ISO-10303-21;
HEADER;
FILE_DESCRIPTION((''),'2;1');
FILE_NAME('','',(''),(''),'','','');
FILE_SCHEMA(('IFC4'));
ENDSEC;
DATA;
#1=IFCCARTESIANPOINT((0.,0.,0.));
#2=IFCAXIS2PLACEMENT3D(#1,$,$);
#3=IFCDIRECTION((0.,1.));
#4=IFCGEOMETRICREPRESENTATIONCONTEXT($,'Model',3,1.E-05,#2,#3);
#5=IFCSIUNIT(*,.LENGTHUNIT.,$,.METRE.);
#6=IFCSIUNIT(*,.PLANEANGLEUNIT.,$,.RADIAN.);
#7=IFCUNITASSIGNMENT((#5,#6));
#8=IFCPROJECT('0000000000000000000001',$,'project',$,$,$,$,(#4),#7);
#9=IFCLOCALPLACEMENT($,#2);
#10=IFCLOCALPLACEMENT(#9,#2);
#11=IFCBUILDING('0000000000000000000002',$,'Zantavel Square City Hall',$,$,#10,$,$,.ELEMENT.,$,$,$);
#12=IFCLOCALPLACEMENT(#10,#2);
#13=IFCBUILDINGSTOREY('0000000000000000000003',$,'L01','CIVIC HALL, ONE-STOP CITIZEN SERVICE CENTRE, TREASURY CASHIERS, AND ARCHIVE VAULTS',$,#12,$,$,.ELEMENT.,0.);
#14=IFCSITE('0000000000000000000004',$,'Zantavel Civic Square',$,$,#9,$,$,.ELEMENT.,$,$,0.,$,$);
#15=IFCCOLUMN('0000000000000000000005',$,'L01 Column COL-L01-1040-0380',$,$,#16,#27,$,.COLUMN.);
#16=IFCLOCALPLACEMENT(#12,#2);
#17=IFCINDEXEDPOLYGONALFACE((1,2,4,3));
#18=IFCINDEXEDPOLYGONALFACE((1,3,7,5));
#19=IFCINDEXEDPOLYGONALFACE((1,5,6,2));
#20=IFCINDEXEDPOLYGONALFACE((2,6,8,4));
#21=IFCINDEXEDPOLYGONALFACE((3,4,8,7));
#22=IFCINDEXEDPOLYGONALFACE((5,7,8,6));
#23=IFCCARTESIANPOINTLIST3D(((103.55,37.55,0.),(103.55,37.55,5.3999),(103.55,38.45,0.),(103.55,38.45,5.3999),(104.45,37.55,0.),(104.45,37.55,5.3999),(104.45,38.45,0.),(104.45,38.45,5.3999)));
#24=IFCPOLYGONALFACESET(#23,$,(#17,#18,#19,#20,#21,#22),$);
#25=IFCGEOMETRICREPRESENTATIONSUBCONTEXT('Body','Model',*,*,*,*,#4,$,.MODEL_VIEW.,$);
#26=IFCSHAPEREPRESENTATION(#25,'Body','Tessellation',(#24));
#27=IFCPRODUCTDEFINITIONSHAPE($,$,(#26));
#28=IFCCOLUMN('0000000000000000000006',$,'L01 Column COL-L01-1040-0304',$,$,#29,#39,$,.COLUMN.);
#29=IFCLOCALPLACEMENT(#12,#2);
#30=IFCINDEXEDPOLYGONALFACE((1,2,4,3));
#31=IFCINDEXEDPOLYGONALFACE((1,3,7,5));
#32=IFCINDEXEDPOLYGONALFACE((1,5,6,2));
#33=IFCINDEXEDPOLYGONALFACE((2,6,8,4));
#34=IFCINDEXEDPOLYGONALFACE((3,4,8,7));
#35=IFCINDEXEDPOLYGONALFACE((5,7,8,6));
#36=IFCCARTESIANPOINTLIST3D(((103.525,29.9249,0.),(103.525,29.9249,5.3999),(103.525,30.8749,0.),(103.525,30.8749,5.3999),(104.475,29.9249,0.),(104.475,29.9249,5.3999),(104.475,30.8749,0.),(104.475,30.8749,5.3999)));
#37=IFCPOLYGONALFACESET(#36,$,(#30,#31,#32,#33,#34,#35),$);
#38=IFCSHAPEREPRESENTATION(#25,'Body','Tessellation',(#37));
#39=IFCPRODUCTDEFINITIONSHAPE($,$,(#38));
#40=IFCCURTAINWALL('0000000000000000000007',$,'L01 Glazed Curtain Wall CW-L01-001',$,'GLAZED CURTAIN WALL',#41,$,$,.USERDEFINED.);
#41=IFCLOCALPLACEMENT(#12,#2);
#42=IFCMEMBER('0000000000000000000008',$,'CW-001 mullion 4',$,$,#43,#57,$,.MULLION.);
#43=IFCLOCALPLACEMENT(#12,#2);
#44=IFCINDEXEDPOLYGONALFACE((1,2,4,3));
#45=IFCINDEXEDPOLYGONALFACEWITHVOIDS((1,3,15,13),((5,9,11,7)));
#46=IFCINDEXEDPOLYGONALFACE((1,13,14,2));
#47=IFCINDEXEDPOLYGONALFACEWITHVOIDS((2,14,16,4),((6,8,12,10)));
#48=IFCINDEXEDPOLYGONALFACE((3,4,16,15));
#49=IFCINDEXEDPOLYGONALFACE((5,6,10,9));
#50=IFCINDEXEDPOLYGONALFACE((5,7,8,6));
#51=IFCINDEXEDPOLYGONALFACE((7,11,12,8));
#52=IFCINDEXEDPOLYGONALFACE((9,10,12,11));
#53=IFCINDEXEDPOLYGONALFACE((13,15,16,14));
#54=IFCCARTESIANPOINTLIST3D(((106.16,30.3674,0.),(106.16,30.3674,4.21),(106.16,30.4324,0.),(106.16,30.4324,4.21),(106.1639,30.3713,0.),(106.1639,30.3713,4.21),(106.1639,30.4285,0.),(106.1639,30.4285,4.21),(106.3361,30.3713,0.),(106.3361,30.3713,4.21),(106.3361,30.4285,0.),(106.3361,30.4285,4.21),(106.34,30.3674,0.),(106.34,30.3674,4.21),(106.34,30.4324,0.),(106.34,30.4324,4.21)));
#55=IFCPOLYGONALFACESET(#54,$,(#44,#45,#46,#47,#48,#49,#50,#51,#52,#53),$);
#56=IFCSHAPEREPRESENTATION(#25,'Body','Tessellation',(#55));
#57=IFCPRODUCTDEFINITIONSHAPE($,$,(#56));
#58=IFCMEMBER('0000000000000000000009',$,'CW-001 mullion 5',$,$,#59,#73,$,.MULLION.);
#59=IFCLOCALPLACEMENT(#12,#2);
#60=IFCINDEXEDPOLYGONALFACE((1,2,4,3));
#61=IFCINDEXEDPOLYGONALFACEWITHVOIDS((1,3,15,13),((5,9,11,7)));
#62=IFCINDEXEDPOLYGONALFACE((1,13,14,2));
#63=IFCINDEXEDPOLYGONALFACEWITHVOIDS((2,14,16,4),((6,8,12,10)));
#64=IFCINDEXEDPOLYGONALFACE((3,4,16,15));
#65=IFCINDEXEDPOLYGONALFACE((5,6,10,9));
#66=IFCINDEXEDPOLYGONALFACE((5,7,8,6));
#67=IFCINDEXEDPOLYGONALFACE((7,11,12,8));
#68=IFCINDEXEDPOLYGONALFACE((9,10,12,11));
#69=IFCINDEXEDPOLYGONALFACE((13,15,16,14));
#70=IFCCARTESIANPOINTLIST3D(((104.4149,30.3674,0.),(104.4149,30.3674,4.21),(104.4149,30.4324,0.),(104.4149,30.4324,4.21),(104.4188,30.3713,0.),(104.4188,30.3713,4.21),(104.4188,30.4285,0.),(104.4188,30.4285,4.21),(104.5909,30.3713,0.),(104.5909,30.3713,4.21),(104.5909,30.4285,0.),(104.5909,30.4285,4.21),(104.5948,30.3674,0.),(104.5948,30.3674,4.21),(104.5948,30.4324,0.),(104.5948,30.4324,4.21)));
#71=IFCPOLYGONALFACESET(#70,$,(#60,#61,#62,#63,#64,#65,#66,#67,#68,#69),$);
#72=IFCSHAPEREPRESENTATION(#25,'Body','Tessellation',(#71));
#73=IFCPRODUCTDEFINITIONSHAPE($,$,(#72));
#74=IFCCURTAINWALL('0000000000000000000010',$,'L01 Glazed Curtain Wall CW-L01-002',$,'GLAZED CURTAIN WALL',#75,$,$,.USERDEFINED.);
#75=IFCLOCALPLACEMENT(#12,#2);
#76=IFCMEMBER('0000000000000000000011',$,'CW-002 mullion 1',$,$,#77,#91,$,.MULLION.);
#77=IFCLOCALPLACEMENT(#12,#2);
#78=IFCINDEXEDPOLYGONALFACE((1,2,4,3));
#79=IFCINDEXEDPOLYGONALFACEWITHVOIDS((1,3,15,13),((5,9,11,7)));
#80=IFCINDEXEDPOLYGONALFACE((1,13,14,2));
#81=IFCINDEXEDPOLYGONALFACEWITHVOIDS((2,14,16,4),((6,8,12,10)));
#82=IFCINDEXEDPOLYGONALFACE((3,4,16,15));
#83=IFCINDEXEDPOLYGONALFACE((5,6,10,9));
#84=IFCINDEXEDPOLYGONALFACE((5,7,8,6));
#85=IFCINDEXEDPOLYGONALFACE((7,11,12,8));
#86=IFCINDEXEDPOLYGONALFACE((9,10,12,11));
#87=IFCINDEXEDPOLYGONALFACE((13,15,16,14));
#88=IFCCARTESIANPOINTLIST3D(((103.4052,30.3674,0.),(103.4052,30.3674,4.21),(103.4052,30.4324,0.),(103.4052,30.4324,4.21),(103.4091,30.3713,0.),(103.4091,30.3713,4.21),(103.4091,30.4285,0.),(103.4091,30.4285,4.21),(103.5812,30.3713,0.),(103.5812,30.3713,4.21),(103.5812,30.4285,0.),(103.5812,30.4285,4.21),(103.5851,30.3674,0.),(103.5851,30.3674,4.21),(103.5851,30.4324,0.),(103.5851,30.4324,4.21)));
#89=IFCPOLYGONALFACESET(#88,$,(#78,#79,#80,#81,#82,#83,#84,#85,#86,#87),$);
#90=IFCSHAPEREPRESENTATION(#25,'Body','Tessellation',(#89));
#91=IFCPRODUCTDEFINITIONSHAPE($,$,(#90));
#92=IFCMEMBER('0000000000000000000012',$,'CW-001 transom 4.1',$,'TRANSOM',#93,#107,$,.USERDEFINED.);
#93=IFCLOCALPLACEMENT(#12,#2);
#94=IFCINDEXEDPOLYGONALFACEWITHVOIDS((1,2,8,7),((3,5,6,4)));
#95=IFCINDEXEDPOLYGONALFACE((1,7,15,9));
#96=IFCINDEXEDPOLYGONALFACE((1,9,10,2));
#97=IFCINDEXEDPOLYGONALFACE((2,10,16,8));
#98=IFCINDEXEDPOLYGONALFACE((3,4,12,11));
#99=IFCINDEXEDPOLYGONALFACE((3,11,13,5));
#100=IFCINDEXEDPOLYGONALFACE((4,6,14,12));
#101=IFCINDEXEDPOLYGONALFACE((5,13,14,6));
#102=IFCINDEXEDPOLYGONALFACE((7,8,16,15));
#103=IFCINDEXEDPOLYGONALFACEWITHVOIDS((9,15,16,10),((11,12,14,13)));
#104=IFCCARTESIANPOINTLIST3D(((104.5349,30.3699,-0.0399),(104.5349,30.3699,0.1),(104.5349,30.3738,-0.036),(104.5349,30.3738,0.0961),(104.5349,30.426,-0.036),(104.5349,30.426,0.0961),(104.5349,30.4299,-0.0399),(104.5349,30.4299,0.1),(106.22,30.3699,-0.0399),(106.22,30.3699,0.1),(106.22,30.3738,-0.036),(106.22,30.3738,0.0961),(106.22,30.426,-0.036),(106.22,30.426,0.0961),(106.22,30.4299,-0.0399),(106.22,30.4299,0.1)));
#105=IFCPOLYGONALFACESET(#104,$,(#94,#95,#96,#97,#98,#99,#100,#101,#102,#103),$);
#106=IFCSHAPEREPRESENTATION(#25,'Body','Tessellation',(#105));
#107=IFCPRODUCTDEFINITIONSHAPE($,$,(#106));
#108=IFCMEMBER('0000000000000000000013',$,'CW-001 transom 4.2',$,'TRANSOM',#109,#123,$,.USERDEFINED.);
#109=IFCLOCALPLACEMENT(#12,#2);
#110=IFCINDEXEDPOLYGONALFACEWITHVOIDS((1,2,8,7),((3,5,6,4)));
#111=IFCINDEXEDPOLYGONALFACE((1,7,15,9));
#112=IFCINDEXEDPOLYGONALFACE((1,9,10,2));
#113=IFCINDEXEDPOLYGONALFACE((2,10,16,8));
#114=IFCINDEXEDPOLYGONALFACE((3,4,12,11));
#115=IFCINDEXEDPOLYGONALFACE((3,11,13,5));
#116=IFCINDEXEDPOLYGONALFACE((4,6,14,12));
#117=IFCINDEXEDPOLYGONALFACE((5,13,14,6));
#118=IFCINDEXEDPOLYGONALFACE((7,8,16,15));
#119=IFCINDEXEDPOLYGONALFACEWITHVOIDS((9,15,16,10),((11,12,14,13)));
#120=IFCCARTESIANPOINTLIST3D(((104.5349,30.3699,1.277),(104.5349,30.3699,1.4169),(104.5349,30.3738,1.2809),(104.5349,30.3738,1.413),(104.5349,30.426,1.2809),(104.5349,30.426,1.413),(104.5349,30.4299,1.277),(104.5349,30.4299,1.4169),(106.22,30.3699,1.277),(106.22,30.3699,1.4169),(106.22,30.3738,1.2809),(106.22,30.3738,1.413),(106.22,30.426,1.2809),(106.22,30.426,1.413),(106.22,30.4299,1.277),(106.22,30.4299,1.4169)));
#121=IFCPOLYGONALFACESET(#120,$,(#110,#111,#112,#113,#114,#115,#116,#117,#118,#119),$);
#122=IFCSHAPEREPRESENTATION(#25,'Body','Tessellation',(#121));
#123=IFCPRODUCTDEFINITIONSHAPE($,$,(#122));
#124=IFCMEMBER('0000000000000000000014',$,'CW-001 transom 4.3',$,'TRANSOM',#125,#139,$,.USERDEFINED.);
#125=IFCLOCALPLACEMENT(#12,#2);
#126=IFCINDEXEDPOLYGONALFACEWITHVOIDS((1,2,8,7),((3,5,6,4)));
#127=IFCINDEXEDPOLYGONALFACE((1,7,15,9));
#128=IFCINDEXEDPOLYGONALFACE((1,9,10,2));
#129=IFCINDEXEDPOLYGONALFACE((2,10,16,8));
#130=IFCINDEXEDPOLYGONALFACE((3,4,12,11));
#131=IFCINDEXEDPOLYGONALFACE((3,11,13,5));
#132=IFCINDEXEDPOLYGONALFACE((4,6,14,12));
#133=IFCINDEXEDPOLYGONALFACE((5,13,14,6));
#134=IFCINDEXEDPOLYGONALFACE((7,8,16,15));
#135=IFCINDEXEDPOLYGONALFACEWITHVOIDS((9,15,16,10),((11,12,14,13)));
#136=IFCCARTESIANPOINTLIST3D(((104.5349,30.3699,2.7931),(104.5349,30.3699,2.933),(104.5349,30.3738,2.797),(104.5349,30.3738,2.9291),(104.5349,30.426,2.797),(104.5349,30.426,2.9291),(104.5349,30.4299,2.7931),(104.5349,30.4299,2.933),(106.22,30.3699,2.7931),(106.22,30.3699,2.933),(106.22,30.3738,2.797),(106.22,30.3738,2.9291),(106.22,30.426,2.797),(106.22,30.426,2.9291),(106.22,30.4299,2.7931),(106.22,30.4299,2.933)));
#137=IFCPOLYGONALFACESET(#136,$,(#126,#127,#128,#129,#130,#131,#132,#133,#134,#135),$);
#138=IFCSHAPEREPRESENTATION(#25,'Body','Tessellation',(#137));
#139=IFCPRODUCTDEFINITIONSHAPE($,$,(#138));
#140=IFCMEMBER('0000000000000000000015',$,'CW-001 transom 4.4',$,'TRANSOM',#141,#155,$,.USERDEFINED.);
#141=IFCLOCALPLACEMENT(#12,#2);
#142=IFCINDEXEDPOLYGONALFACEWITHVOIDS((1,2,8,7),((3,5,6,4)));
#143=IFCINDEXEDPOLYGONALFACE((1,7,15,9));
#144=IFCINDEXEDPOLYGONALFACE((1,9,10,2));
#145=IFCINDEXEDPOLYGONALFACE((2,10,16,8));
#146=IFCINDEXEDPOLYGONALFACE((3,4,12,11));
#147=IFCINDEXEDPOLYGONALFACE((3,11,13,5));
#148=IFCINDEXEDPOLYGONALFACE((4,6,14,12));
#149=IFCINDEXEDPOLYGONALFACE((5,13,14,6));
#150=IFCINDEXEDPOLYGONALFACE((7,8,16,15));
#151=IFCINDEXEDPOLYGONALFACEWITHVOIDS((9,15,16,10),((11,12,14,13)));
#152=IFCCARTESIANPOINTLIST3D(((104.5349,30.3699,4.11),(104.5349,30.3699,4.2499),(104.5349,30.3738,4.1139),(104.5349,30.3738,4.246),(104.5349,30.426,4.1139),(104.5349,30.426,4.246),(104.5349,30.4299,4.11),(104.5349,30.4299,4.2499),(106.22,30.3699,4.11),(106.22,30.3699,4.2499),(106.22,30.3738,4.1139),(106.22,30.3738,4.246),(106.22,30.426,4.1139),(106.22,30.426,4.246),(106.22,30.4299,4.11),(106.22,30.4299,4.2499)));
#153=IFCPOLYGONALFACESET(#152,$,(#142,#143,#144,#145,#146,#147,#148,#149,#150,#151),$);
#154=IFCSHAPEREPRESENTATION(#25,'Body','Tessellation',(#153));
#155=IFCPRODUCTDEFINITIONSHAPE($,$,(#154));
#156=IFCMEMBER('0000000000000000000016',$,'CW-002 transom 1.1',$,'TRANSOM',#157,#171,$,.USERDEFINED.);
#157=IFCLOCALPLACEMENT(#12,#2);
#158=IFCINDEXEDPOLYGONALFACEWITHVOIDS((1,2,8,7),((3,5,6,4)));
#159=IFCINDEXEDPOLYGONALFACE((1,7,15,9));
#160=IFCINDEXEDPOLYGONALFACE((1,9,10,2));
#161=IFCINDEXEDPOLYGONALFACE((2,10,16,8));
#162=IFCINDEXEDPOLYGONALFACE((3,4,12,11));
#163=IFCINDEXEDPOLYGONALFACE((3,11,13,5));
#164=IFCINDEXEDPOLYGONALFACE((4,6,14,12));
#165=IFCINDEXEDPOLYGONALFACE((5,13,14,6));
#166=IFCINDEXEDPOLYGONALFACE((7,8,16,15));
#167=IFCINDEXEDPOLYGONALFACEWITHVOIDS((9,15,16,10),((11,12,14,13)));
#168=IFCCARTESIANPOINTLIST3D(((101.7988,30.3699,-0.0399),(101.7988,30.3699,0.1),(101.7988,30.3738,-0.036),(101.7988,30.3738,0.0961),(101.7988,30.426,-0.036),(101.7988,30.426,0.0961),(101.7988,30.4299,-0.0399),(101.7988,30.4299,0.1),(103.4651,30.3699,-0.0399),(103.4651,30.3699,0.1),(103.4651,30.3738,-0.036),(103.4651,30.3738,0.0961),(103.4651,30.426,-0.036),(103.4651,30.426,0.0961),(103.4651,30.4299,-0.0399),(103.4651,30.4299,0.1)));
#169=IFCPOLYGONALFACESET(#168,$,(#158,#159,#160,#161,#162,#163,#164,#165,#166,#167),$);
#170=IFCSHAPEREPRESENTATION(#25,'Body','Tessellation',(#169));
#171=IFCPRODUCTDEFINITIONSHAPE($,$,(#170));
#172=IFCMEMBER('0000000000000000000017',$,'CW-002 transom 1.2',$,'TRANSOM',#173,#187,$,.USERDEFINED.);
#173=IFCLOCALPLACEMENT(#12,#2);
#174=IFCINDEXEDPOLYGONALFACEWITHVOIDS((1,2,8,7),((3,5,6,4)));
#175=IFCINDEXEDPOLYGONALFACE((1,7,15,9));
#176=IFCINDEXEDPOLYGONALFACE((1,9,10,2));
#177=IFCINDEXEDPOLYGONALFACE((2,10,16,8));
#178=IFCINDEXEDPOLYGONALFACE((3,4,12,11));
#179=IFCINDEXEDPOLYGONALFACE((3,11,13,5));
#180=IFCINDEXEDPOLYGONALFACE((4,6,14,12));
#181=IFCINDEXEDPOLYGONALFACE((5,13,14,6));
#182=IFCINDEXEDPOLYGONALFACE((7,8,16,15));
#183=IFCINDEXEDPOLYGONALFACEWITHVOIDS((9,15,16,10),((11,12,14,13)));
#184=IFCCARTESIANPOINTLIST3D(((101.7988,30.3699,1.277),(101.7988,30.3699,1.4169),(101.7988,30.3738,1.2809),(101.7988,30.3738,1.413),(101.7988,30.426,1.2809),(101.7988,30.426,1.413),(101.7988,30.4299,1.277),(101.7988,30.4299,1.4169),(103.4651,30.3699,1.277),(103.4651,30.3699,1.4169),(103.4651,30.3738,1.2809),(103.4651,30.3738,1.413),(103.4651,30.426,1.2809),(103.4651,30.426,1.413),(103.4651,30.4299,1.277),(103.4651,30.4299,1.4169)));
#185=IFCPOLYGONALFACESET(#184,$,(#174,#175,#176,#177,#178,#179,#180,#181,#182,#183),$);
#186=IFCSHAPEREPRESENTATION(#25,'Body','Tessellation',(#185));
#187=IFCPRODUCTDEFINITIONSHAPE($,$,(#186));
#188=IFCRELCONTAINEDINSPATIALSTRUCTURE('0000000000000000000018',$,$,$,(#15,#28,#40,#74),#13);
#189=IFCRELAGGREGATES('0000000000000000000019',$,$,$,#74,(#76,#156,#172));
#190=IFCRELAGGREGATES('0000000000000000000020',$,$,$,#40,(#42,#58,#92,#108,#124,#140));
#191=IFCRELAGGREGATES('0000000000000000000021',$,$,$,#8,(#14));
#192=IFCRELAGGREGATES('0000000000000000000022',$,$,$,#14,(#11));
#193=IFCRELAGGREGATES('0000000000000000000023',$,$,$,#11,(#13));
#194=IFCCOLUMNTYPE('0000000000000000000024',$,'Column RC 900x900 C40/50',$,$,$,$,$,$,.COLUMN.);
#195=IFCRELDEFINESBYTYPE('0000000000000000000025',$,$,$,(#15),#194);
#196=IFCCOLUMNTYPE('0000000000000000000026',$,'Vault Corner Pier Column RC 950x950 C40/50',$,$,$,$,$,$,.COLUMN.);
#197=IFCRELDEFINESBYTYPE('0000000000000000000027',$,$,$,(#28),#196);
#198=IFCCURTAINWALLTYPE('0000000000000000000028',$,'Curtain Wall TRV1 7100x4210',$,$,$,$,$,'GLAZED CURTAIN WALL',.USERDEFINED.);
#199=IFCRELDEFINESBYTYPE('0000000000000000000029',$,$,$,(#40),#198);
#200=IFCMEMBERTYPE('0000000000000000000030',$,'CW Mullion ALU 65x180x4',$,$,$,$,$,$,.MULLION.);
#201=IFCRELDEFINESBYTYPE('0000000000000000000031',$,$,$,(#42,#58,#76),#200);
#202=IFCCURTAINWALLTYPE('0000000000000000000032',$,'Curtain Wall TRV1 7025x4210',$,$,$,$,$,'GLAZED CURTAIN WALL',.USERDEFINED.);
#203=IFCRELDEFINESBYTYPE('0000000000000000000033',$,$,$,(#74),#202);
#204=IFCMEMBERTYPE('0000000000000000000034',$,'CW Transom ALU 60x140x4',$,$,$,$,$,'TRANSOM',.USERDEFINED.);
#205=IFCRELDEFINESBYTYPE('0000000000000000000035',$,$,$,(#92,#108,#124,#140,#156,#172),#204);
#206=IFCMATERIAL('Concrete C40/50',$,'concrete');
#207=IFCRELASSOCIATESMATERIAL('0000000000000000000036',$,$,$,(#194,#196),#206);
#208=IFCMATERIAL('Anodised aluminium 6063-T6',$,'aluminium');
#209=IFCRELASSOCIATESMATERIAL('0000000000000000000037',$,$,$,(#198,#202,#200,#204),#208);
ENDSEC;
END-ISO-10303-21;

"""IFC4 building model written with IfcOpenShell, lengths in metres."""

from ifc_helpers import new_model, si_unit, direction, frame, origin, origin_2d, place, context, subcontext, project, spatial, rectangle, hollow_rectangle, extrude, material, material_profile, profile_set, type_object, element, aggregate, save


model = new_model("IFC4")

# Units and contexts
model_context = context("Model", 3, precision=1e-05, world=origin(), true_north=direction((0.0, 1.0)))
body_context = subcontext(model_context, "Body", "Model", "MODEL_VIEW")
ifc_project = project(units=[si_unit("LENGTHUNIT", "METRE"), si_unit("PLANEANGLEUNIT", "RADIAN")], contexts=[model_context])

# Site, building, storey
site_placement = place(None, origin())
site = spatial("IfcSite", under=ifc_project, at=site_placement, Name="Zantavel Civic Square", CompositionType="ELEMENT", RefElevation=0.0)
building_placement = place(site_placement, origin())
building = spatial("IfcBuilding", under=site, at=building_placement, Name="Zantavel Square City Hall", CompositionType="ELEMENT")
storey_placement = place(building_placement, origin())
storey = spatial("IfcBuildingStorey", under=building, at=storey_placement, Name="L01", Description="CIVIC HALL, ONE-STOP CITIZEN SERVICE CENTRE, TREASURY CASHIERS, AND ARCHIVE VAULTS", CompositionType="ELEMENT", Elevation=0.0)

# Columns
ifc_material_1 = material(Name="Concrete C40/50", Category="concrete")
ifc_material_profile_1 = material_profile(ifc_material_1, rectangle(XDim=0.8999, YDim=0.8999, at=origin_2d()), Name="RC 900x900")
ifc_profile_set_1 = profile_set([ifc_material_profile_1], Name="Concrete C40/50")
column_type_1 = type_object("IfcColumnType", Name="Column RC 900x900 C40/50", PredefinedType="COLUMN", material=ifc_profile_set_1)
column_1_placement = place(storey_placement, frame((104.0, 38.0, 0.0), z_axis=(0.0, 0.0, 1.0), x_axis=(1.0, 0.0, 0.0)))
element("IfcColumn", 1, at=column_1_placement, inside=storey, type_object=column_type_1, Name="L01 Column COL-L01-1040-0380", PredefinedType="COLUMN", context=body_context, shape_type="SweptSolid", body=[
    extrude(rectangle(XDim=0.8999, YDim=0.8999, at=origin_2d()), origin(), (0.0, 0.0, 1.0), 5.3999),
])
ifc_material_profile_2 = material_profile(ifc_material_1, rectangle(XDim=0.95, YDim=0.95, at=origin_2d()), Name="RC 950x950")
ifc_profile_set_2 = profile_set([ifc_material_profile_2], Name="Concrete C40/50")
column_type_2 = type_object("IfcColumnType", Name="Vault Corner Pier Column RC 950x950 C40/50", PredefinedType="COLUMN", material=ifc_profile_set_2)
column_2_placement = place(storey_placement, frame((104.0, 30.3999, 0.0), z_axis=(0.0, 0.0, 1.0), x_axis=(1.0, 0.0, 0.0)))
element("IfcColumn", 2, at=column_2_placement, inside=storey, type_object=column_type_2, Name="L01 Column COL-L01-1040-0304", PredefinedType="COLUMN", context=body_context, shape_type="SweptSolid", body=[
    extrude(rectangle(XDim=0.95, YDim=0.95, at=origin_2d()), origin(), (0.0, 0.0, 1.0), 5.3999),
])

# Curtain wall, members
ifc_material_2 = material(Name="Anodised aluminium 6063-T6", Category="aluminium")
curtain_wall_type_1 = type_object("IfcCurtainWallType", Name="Curtain Wall TRV1 7100x4210", ElementType="GLAZED CURTAIN WALL", PredefinedType="USERDEFINED", material=ifc_material_2)
curtain_wall_1_placement = place(storey_placement, origin())
curtain_wall_1 = element("IfcCurtainWall", 3, at=curtain_wall_1_placement, inside=storey, type_object=curtain_wall_type_1, Name="L01 Glazed Curtain Wall CW-L01-001", ObjectType="GLAZED CURTAIN WALL", PredefinedType="USERDEFINED")
ifc_material_profile_3 = material_profile(ifc_material_2, hollow_rectangle(XDim=0.0649, YDim=0.1799, WallThickness=0.0039, at=origin_2d()), Name="ALU 65x180x4")
ifc_profile_set_3 = profile_set([ifc_material_profile_3], Name="Anodised aluminium 6063-T6")
member_type_1 = type_object("IfcMemberType", Name="CW Mullion ALU 65x180x4", PredefinedType="MULLION", material=ifc_profile_set_3)
member_1_placement = place(storey_placement, frame((106.25, 30.3999, 0.0), z_axis=(0.0, 0.0, 1.0), x_axis=(0.0, -1.0, 0.0)))
member_1 = element("IfcMember", 4, at=member_1_placement, type_object=member_type_1, Name="CW-001 mullion 4", PredefinedType="MULLION", context=body_context, shape_type="SweptSolid", body=[
    extrude(hollow_rectangle(XDim=0.0649, YDim=0.1799, WallThickness=0.0039, at=origin_2d()), origin(), (0.0, 0.0, 1.0), 4.21),
])
member_2_placement = place(storey_placement, frame((104.5049, 30.3999, 0.0), z_axis=(0.0, 0.0, 1.0), x_axis=(0.0, -1.0, 0.0)))
member_2 = element("IfcMember", 5, at=member_2_placement, type_object=member_type_1, Name="CW-001 mullion 5", PredefinedType="MULLION", context=body_context, shape_type="SweptSolid", body=[
    extrude(hollow_rectangle(XDim=0.0649, YDim=0.1799, WallThickness=0.0039, at=origin_2d()), origin(), (0.0, 0.0, 1.0), 4.21),
])

# Curtain wall, member
curtain_wall_type_2 = type_object("IfcCurtainWallType", Name="Curtain Wall TRV1 7025x4210", ElementType="GLAZED CURTAIN WALL", PredefinedType="USERDEFINED", material=ifc_material_2)
curtain_wall_2_placement = place(storey_placement, origin())
curtain_wall_2 = element("IfcCurtainWall", 6, at=curtain_wall_2_placement, inside=storey, type_object=curtain_wall_type_2, Name="L01 Glazed Curtain Wall CW-L01-002", ObjectType="GLAZED CURTAIN WALL", PredefinedType="USERDEFINED")
member_3_placement = place(storey_placement, frame((103.4951, 30.3999, 0.0), z_axis=(0.0, 0.0, 1.0), x_axis=(0.0, -1.0, 0.0)))
member_3 = element("IfcMember", 7, at=member_3_placement, type_object=member_type_1, Name="CW-002 mullion 1", PredefinedType="MULLION", context=body_context, shape_type="SweptSolid", body=[
    extrude(hollow_rectangle(XDim=0.0649, YDim=0.1799, WallThickness=0.0039, at=origin_2d()), origin(), (0.0, 0.0, 1.0), 4.21),
])

# Members
ifc_material_profile_4 = material_profile(ifc_material_2, hollow_rectangle(XDim=0.0601, YDim=0.1399, WallThickness=0.0039, at=origin_2d()), Name="ALU 60x140x4")
ifc_profile_set_4 = profile_set([ifc_material_profile_4], Name="Anodised aluminium 6063-T6")
member_type_2 = type_object("IfcMemberType", Name="CW Transom ALU 60x140x4", ElementType="TRANSOM", PredefinedType="USERDEFINED", material=ifc_profile_set_4)
member_4_placement = place(storey_placement, frame((106.22, 30.3999, 0.03), z_axis=(-1.0, 0.0, 0.0), x_axis=(0.0, -1.0, 0.0)))
member_4 = element("IfcMember", 8, at=member_4_placement, type_object=member_type_2, Name="CW-001 transom 4.1", ObjectType="TRANSOM", PredefinedType="USERDEFINED", context=body_context, shape_type="SweptSolid", body=[
    extrude(hollow_rectangle(XDim=0.0601, YDim=0.1399, WallThickness=0.0039, at=origin_2d()), origin(), (0.0, 0.0, 1.0), 1.6851),
])
member_5_placement = place(storey_placement, frame((106.22, 30.3999, 1.3469), z_axis=(-1.0, 0.0, 0.0), x_axis=(0.0, -1.0, 0.0)))
member_5 = element("IfcMember", 9, at=member_5_placement, type_object=member_type_2, Name="CW-001 transom 4.2", ObjectType="TRANSOM", PredefinedType="USERDEFINED", context=body_context, shape_type="SweptSolid", body=[
    extrude(hollow_rectangle(XDim=0.0601, YDim=0.1399, WallThickness=0.0039, at=origin_2d()), origin(), (0.0, 0.0, 1.0), 1.6851),
])
member_6_placement = place(storey_placement, frame((106.22, 30.3999, 2.863), z_axis=(-1.0, 0.0, 0.0), x_axis=(0.0, -1.0, 0.0)))
member_6 = element("IfcMember", 10, at=member_6_placement, type_object=member_type_2, Name="CW-001 transom 4.3", ObjectType="TRANSOM", PredefinedType="USERDEFINED", context=body_context, shape_type="SweptSolid", body=[
    extrude(hollow_rectangle(XDim=0.0601, YDim=0.1399, WallThickness=0.0039, at=origin_2d()), origin(), (0.0, 0.0, 1.0), 1.6851),
])
member_7_placement = place(storey_placement, frame((106.22, 30.3999, 4.1799), z_axis=(-1.0, 0.0, 0.0), x_axis=(0.0, -1.0, 0.0)))
member_7 = element("IfcMember", 11, at=member_7_placement, type_object=member_type_2, Name="CW-001 transom 4.4", ObjectType="TRANSOM", PredefinedType="USERDEFINED", context=body_context, shape_type="SweptSolid", body=[
    extrude(hollow_rectangle(XDim=0.0601, YDim=0.1399, WallThickness=0.0039, at=origin_2d()), origin(), (0.0, 0.0, 1.0), 1.6851),
])
member_8_placement = place(storey_placement, frame((103.4651, 30.3999, 0.03), z_axis=(-1.0, 0.0, 0.0), x_axis=(0.0, -1.0, 0.0)))
member_8 = element("IfcMember", 12, at=member_8_placement, type_object=member_type_2, Name="CW-002 transom 1.1", ObjectType="TRANSOM", PredefinedType="USERDEFINED", context=body_context, shape_type="SweptSolid", body=[
    extrude(hollow_rectangle(XDim=0.0601, YDim=0.1399, WallThickness=0.0039, at=origin_2d()), origin(), (0.0, 0.0, 1.0), 1.6663),
])
member_9_placement = place(storey_placement, frame((103.4651, 30.3999, 1.3469), z_axis=(-1.0, 0.0, 0.0), x_axis=(0.0, -1.0, 0.0)))
member_9 = element("IfcMember", 13, at=member_9_placement, type_object=member_type_2, Name="CW-002 transom 1.2", ObjectType="TRANSOM", PredefinedType="USERDEFINED", context=body_context, shape_type="SweptSolid", body=[
    extrude(hollow_rectangle(XDim=0.0601, YDim=0.1399, WallThickness=0.0039, at=origin_2d()), origin(), (0.0, 0.0, 1.0), 1.6663),
])
aggregate(curtain_wall_2, [member_3, member_8, member_9])

aggregate(curtain_wall_1, [member_1, member_2, member_4, member_5, member_6, member_7])

save(model, "model.ifc")
